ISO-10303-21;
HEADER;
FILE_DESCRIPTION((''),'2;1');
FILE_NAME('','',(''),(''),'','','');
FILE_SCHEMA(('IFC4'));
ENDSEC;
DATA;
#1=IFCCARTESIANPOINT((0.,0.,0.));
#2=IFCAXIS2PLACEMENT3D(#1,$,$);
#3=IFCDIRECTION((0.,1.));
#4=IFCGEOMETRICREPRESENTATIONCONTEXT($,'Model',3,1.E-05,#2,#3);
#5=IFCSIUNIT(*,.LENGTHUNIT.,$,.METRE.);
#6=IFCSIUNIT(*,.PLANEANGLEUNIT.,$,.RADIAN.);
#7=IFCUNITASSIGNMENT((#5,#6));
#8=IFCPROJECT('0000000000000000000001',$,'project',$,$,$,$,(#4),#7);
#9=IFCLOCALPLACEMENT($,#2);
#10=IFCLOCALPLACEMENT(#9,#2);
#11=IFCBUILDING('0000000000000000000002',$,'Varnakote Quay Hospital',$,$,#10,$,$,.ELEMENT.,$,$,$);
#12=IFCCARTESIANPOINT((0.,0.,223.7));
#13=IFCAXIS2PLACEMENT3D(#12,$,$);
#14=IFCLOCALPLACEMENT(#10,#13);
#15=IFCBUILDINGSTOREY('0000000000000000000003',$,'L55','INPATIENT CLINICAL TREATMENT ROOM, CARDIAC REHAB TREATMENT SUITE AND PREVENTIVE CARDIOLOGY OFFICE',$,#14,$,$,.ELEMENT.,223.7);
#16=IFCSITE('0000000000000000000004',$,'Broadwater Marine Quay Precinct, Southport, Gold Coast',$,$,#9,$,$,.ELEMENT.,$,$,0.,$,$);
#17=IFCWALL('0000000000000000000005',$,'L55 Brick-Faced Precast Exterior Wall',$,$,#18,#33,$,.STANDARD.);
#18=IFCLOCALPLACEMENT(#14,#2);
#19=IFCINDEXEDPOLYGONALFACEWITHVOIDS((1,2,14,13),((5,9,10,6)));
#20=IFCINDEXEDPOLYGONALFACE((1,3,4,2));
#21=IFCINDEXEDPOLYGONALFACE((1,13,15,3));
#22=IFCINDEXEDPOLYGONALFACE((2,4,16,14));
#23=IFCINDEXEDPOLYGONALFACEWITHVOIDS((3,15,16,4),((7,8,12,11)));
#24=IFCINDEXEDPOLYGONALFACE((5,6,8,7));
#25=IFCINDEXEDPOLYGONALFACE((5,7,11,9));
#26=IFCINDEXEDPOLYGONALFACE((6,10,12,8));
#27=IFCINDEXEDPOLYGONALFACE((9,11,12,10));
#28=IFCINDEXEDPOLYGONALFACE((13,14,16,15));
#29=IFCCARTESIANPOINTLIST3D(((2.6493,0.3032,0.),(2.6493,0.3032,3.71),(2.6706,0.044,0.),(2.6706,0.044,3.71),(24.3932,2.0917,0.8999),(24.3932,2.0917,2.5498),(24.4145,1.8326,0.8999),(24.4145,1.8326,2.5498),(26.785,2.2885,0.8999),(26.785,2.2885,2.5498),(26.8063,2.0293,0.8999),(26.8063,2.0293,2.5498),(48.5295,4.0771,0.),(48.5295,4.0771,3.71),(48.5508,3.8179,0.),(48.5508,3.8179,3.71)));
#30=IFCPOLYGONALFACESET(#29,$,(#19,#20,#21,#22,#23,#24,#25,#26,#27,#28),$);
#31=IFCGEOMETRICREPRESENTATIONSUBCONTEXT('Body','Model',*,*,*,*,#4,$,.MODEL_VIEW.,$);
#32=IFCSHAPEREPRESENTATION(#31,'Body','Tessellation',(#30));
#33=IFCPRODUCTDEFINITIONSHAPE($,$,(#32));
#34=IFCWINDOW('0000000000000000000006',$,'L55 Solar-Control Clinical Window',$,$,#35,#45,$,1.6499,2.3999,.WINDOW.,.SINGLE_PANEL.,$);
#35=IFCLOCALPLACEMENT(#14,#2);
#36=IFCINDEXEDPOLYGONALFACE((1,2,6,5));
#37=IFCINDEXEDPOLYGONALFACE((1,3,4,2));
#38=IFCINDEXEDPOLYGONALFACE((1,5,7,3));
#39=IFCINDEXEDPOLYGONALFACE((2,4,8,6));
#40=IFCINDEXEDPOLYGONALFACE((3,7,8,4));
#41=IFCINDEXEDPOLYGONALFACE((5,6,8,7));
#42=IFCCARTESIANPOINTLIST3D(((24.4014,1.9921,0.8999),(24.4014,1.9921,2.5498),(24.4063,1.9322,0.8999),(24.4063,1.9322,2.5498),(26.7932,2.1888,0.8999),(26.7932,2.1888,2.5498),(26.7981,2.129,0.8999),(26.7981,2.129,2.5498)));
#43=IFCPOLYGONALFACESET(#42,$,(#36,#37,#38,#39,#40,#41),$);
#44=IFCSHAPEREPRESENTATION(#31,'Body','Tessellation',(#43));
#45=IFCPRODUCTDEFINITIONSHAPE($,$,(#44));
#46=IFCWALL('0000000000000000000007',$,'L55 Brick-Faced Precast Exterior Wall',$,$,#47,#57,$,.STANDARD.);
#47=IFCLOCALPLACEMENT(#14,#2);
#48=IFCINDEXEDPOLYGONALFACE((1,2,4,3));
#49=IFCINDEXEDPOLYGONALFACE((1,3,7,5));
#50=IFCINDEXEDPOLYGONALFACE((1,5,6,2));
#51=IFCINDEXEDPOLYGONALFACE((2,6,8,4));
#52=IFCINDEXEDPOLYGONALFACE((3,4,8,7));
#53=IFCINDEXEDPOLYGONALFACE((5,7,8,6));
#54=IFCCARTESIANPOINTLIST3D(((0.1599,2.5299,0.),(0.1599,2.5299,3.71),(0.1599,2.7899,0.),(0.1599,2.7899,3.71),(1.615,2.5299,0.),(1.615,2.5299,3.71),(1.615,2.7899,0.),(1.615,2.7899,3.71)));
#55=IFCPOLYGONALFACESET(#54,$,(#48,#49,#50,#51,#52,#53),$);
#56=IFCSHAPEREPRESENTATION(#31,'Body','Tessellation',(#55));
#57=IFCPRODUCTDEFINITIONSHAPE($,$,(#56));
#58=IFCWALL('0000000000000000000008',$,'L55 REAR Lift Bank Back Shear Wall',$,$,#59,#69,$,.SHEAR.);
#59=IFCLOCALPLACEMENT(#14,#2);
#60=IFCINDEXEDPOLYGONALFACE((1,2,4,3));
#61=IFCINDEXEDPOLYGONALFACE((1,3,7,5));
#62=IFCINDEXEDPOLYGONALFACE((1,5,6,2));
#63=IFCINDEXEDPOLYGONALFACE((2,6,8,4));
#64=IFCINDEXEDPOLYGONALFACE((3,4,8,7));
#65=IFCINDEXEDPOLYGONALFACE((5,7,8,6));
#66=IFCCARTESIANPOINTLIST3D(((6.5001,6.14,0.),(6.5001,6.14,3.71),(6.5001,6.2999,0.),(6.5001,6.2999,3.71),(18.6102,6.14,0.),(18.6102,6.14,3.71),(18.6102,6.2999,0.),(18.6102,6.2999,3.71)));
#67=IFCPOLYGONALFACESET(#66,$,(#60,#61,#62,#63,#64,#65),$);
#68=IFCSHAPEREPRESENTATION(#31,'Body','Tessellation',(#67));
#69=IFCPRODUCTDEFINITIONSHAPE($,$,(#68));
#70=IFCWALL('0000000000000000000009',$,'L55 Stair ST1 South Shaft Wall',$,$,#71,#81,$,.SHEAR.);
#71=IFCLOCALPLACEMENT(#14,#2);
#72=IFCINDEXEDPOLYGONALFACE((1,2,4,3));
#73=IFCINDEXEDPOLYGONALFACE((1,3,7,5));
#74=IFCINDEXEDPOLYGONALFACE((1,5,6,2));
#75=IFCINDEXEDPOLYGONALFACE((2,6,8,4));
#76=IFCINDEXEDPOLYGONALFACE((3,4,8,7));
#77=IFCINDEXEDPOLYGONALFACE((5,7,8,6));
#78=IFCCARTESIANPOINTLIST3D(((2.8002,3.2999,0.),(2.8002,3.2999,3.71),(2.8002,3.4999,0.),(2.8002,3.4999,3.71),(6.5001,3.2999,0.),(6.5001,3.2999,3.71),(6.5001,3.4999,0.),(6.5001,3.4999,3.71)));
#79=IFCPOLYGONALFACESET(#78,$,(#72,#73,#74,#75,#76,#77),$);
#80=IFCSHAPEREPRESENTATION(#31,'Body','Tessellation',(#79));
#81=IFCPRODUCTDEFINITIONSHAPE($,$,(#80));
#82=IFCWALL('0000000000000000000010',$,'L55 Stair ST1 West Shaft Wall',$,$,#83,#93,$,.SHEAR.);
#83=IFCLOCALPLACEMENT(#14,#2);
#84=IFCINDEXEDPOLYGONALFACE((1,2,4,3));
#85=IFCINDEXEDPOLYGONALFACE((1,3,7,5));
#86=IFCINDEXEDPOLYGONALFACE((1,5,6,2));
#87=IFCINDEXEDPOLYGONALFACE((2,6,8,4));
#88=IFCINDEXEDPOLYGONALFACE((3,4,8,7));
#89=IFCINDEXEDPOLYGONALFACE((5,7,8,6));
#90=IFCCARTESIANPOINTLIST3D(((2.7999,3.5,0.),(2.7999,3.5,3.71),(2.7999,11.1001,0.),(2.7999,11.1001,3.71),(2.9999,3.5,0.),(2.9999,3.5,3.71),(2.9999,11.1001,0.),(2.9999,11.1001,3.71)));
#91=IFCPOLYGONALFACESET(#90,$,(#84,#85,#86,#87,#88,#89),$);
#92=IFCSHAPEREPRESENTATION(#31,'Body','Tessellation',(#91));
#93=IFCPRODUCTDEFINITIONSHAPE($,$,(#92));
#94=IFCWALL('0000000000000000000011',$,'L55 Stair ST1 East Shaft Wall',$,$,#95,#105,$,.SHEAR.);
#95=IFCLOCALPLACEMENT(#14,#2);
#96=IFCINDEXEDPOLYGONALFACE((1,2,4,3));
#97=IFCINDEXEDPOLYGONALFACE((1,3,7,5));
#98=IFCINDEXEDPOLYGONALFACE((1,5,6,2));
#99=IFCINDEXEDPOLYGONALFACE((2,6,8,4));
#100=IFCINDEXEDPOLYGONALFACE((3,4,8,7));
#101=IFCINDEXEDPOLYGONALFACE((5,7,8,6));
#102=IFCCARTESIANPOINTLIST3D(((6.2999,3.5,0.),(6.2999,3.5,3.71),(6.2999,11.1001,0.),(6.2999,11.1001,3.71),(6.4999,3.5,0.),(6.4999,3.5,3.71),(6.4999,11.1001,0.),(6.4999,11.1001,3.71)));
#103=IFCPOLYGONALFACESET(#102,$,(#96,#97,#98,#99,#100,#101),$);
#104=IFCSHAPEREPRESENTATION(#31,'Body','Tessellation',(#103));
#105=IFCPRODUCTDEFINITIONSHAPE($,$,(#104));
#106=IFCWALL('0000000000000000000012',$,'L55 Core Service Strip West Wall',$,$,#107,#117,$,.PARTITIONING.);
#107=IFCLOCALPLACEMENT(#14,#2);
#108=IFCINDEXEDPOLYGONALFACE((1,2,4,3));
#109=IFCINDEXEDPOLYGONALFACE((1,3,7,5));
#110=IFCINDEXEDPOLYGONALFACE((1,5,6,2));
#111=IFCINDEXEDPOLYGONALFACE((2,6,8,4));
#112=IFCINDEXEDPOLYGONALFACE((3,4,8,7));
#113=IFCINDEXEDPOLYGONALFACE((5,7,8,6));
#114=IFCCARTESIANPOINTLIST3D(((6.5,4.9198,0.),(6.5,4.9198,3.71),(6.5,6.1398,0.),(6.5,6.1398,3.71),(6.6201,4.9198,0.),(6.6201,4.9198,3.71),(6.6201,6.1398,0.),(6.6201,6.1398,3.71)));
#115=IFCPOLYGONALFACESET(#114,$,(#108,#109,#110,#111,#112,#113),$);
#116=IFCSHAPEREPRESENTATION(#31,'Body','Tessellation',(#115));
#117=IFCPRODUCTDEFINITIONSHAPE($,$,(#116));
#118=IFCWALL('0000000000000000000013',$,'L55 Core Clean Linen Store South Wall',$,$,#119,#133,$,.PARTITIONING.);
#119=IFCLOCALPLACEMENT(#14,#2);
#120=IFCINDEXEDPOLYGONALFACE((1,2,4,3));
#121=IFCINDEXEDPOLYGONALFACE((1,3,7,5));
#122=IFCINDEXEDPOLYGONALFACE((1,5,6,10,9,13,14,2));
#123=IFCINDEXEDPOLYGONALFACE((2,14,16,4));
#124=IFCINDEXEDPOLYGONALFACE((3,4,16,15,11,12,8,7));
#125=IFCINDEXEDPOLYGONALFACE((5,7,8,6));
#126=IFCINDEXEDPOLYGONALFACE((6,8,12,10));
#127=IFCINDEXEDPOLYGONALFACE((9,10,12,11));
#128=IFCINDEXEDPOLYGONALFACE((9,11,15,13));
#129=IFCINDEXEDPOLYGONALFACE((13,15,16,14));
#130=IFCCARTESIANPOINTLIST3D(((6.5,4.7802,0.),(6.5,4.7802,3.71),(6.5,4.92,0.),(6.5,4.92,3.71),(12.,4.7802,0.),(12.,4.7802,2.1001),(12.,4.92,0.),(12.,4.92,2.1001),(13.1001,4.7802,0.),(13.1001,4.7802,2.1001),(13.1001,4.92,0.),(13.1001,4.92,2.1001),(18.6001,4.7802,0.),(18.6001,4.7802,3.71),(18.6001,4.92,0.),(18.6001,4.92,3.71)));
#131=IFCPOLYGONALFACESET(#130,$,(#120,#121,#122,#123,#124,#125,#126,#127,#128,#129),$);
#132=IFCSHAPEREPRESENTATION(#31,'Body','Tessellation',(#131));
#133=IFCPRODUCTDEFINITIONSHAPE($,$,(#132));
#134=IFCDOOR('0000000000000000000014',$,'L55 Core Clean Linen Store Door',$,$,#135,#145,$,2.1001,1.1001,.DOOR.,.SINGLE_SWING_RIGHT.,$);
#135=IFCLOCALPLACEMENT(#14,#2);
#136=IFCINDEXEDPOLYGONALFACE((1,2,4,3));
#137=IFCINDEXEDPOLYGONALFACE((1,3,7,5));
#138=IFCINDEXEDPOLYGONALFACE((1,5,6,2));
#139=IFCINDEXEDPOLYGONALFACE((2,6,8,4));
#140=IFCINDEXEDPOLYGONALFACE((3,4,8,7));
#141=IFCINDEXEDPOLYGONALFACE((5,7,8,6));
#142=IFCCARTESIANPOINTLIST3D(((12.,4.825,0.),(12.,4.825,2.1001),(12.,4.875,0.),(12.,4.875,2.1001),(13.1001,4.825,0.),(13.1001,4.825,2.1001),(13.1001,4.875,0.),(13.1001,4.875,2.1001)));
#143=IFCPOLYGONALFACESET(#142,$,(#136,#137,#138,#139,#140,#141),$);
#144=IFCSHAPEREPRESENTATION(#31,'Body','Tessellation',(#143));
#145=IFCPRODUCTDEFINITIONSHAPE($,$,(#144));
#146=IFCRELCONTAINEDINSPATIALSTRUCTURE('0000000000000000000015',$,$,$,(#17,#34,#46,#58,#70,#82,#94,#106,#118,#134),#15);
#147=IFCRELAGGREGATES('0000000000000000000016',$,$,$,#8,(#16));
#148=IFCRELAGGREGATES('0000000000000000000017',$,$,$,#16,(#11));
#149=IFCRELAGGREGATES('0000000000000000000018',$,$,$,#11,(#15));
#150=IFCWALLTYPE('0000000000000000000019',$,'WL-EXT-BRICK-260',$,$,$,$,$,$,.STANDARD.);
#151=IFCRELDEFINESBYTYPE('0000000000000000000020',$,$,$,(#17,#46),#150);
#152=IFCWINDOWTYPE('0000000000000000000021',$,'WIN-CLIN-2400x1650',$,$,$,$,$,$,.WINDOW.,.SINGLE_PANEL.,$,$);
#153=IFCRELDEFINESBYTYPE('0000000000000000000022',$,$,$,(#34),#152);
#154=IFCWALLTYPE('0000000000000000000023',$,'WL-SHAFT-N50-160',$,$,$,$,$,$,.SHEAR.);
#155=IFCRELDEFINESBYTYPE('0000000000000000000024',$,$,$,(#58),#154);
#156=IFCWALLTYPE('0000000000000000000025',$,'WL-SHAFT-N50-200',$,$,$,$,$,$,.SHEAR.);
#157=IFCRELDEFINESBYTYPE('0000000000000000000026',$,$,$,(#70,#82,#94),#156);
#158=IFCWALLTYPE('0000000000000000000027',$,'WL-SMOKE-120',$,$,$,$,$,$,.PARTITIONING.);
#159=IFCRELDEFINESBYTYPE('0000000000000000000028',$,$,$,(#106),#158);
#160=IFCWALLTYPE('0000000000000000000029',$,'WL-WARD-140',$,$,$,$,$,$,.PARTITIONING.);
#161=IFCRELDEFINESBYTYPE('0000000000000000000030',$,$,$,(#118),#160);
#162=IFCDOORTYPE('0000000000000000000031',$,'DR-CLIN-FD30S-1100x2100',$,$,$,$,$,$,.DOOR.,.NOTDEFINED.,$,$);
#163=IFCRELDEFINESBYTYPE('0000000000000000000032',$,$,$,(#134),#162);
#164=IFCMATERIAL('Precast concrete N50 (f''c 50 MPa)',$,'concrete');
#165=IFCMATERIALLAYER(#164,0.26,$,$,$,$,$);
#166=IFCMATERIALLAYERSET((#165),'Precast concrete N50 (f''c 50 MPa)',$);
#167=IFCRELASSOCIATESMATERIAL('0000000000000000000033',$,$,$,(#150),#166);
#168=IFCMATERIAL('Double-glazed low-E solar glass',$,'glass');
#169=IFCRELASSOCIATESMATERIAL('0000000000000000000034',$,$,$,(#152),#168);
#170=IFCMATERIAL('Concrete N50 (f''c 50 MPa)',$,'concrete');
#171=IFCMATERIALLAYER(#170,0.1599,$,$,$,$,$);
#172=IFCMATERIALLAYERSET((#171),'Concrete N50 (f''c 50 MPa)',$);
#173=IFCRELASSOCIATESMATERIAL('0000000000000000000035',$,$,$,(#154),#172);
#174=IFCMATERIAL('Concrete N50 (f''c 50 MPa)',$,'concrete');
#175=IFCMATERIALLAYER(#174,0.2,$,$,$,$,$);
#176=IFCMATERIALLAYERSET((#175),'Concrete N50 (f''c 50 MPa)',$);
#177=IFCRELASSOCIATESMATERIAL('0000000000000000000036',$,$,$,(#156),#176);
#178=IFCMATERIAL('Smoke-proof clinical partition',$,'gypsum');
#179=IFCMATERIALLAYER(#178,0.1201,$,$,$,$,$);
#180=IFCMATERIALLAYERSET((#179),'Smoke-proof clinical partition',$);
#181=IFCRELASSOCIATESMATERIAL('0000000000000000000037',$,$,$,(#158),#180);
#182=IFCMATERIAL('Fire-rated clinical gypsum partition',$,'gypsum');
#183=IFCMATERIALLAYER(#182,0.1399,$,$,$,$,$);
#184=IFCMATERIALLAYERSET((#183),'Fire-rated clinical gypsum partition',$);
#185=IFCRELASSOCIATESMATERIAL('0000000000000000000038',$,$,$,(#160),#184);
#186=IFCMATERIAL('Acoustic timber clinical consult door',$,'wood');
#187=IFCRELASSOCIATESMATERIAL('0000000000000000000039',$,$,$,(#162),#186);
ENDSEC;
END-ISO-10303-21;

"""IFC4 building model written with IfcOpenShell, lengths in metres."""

from ifc_helpers import new_model, si_unit, direction, frame, frame_2d, origin, place, context, subcontext, project, spatial, rectangle, extrude, material, layer, layer_set, type_object, element, fill, save


model = new_model("IFC4")

# Units and contexts
model_context = context("Model", 3, precision=1e-05, world=origin(), true_north=direction((0.0, 1.0)))
body_context = subcontext(model_context, "Body", "Model", "MODEL_VIEW")
ifc_project = project(units=[si_unit("LENGTHUNIT", "METRE"), si_unit("PLANEANGLEUNIT", "RADIAN")], contexts=[model_context])

# Site, building, storey
site_placement = place(None, origin())
site = spatial("IfcSite", under=ifc_project, at=site_placement, Name="Broadwater Marine Quay Precinct, Southport, Gold Coast", CompositionType="ELEMENT", RefElevation=0.0)
building_placement = place(site_placement, origin())
building = spatial("IfcBuilding", under=site, at=building_placement, Name="Varnakote Quay Hospital", CompositionType="ELEMENT")
storey_placement = place(building_placement, frame((0.0, 0.0, 223.7)))
storey = spatial("IfcBuildingStorey", under=building, at=storey_placement, Name="L55", Description="INPATIENT CLINICAL TREATMENT ROOM, CARDIAC REHAB TREATMENT SUITE AND PREVENTIVE CARDIOLOGY OFFICE", CompositionType="ELEMENT", Elevation=223.7)

# Shared definitions
ifc_material_1 = material(Name="Precast concrete N50 (f'c 50 MPa)", Category="concrete")
ifc_layer_1 = layer(ifc_material_1, 0.26)
ifc_layer_set_1 = layer_set([ifc_layer_1], Name="Precast concrete N50 (f'c 50 MPa)")
wall_type_1 = type_object("IfcWallType", Name="WL-EXT-BRICK-260", PredefinedType="STANDARD", material=ifc_layer_set_1)

# Wall, opening, window
wall_1_placement = place(storey_placement, frame((2.6599, 0.1736, 0.0), z_axis=(0.0, 0.0, 1.0), x_axis=(0.996634, 0.081979, 0.0)))
wall_1 = element("IfcWall", 1, at=wall_1_placement, inside=storey, type_object=wall_type_1, Name="L55 Brick-Faced Precast Exterior Wall", PredefinedType="STANDARD", context=body_context, shape_type="SweptSolid", body=[
    extrude(rectangle(XDim=46.0352, YDim=0.26, at=frame_2d((23.0176, 0.0))), origin(), (0.0, 0.0, 1.0), 3.71),
])
opening_1_placement = place(wall_1_placement, frame((21.8174, 0.0, 0.8999)))
opening_1 = element("IfcOpeningElement", 2, at=opening_1_placement, cuts=wall_1, PredefinedType="OPENING", context=body_context, shape_type="SweptSolid", body=[
    extrude(rectangle(XDim=2.3999, YDim=1.6499, at=frame_2d((1.2, 0.825))), frame((0.0, 0.1399, 0.0), z_axis=(0.0, -1.0, 0.0), x_axis=(1.0, 0.0, 0.0)), (0.0, 0.0, 1.0), 0.28),
])
ifc_material_2 = material(Name="Double-glazed low-E solar glass", Category="glass")
window_type = type_object("IfcWindowType", Name="WIN-CLIN-2400x1650", PartitioningType="SINGLE_PANEL", PredefinedType="WINDOW", material=ifc_material_2)
window_placement = place(opening_1_placement, origin())
window = element("IfcWindow", 3, at=window_placement, inside=storey, type_object=window_type, Name="L55 Solar-Control Clinical Window", OverallHeight=1.6499, OverallWidth=2.3999, PartitioningType="SINGLE_PANEL", PredefinedType="WINDOW", context=body_context, shape_type="SweptSolid", body=[
    extrude(rectangle(XDim=2.3999, YDim=1.6499, at=frame_2d((1.2, 0.825))), frame((0.0, 0.03, 0.0), z_axis=(0.0, -1.0, 0.0), x_axis=(1.0, 0.0, 0.0)), (0.0, 0.0, 1.0), 0.0601),
])
fill(opening_1, window)

# Walls
wall_2_placement = place(storey_placement, frame((0.1599, 2.6599, 0.0), z_axis=(0.0, 0.0, 1.0), x_axis=(1.0, 0.0, 0.0)))
element("IfcWall", 4, at=wall_2_placement, inside=storey, type_object=wall_type_1, Name="L55 Brick-Faced Precast Exterior Wall", PredefinedType="STANDARD", context=body_context, shape_type="SweptSolid", body=[
    extrude(rectangle(XDim=1.4551, YDim=0.26, at=frame_2d((0.7275, 0.0))), origin(), (0.0, 0.0, 1.0), 3.71),
])
ifc_material_3 = material(Name="Concrete N50 (f'c 50 MPa)", Category="concrete")
ifc_layer_2 = layer(ifc_material_3, 0.1599)
ifc_layer_set_2 = layer_set([ifc_layer_2], Name="Concrete N50 (f'c 50 MPa)")
wall_type_2 = type_object("IfcWallType", Name="WL-SHAFT-N50-160", PredefinedType="SHEAR", material=ifc_layer_set_2)
wall_3_placement = place(storey_placement, frame((6.5, 6.22, 0.0), z_axis=(0.0, 0.0, 1.0), x_axis=(1.0, 0.0, 0.0)))
element("IfcWall", 5, at=wall_3_placement, inside=storey, type_object=wall_type_2, Name="L55 REAR Lift Bank Back Shear Wall", PredefinedType="SHEAR", context=body_context, shape_type="SweptSolid", body=[
    extrude(rectangle(XDim=12.1101, YDim=0.1599, at=frame_2d((6.0552, 0.0))), origin(), (0.0, 0.0, 1.0), 3.71),
])
ifc_material_4 = material(Name="Concrete N50 (f'c 50 MPa)", Category="concrete")
ifc_layer_3 = layer(ifc_material_4, 0.2)
ifc_layer_set_3 = layer_set([ifc_layer_3], Name="Concrete N50 (f'c 50 MPa)")
wall_type_3 = type_object("IfcWallType", Name="WL-SHAFT-N50-200", PredefinedType="SHEAR", material=ifc_layer_set_3)
wall_4_placement = place(storey_placement, frame((2.8, 3.3999, 0.0), z_axis=(0.0, 0.0, 1.0), x_axis=(1.0, 0.0, 0.0)))
element("IfcWall", 6, at=wall_4_placement, inside=storey, type_object=wall_type_3, Name="L55 Stair ST1 South Shaft Wall", PredefinedType="SHEAR", context=body_context, shape_type="SweptSolid", body=[
    extrude(rectangle(XDim=3.7, YDim=0.2, at=frame_2d((1.8501, 0.0))), origin(), (0.0, 0.0, 1.0), 3.71),
])
for number, where, z_axis, x_axis, name in (
    (7, (2.8999, 3.5, 0.0), (0.0, 0.0, 1.0), (0.0, 1.0, 0.0), "L55 Stair ST1 West Shaft Wall"),
    (8, (6.3999, 3.5, 0.0), (0.0, 0.0, 1.0), (0.0, 1.0, 0.0), "L55 Stair ST1 East Shaft Wall"),
):
    element("IfcWall", number, at=place(storey_placement, frame(where, z_axis=z_axis, x_axis=x_axis)), inside=storey, type_object=wall_type_3, Name=name, PredefinedType="SHEAR", context=body_context, shape_type="SweptSolid", body=[
        extrude(rectangle(XDim=7.6001, YDim=0.2, at=frame_2d((3.8, 0.0))), origin(), (0.0, 0.0, 1.0), 3.71),
    ])
ifc_material_5 = material(Name="Smoke-proof clinical partition", Category="gypsum")
ifc_layer_4 = layer(ifc_material_5, 0.1201)
ifc_layer_set_4 = layer_set([ifc_layer_4], Name="Smoke-proof clinical partition")
wall_type_4 = type_object("IfcWallType", Name="WL-SMOKE-120", PredefinedType="PARTITIONING", material=ifc_layer_set_4)
wall_5_placement = place(storey_placement, frame((6.5601, 4.9199, 0.0), z_axis=(0.0, 0.0, 1.0), x_axis=(0.0, 1.0, 0.0)))
element("IfcWall", 9, at=wall_5_placement, inside=storey, type_object=wall_type_4, Name="L55 Core Service Strip West Wall", PredefinedType="PARTITIONING", context=body_context, shape_type="SweptSolid", body=[
    extrude(rectangle(XDim=1.22, YDim=0.1201, at=frame_2d((0.6099, 0.0))), origin(), (0.0, 0.0, 1.0), 3.71),
])

# Wall, opening, door
ifc_material_6 = material(Name="Fire-rated clinical gypsum partition", Category="gypsum")
ifc_layer_5 = layer(ifc_material_6, 0.1399)
ifc_layer_set_5 = layer_set([ifc_layer_5], Name="Fire-rated clinical gypsum partition")
wall_type_5 = type_object("IfcWallType", Name="WL-WARD-140", PredefinedType="PARTITIONING", material=ifc_layer_set_5)
wall_6_placement = place(storey_placement, frame((6.5, 4.8501, 0.0), z_axis=(0.0, 0.0, 1.0), x_axis=(1.0, 0.0, 0.0)))
wall_6 = element("IfcWall", 10, at=wall_6_placement, inside=storey, type_object=wall_type_5, Name="L55 Core Clean Linen Store South Wall", PredefinedType="PARTITIONING", context=body_context, shape_type="SweptSolid", body=[
    extrude(rectangle(XDim=12.1001, YDim=0.1399, at=frame_2d((6.05, 0.0))), origin(), (0.0, 0.0, 1.0), 3.71),
])
opening_2_placement = place(wall_6_placement, frame((5.5, 0.0, 0.0)))
opening_2 = element("IfcOpeningElement", 11, at=opening_2_placement, cuts=wall_6, PredefinedType="OPENING", context=body_context, shape_type="SweptSolid", body=[
    extrude(rectangle(XDim=1.1001, YDim=2.1001, at=frame_2d((0.55, 1.05))), frame((0.0, 0.0798, 0.0), z_axis=(0.0, -1.0, 0.0), x_axis=(1.0, 0.0, 0.0)), (0.0, 0.0, 1.0), 0.1599),
])
ifc_material_7 = material(Name="Acoustic timber clinical consult door", Category="wood")
door_type = type_object("IfcDoorType", Name="DR-CLIN-FD30S-1100x2100", OperationType="NOTDEFINED", PredefinedType="DOOR", material=ifc_material_7)
door_placement = place(opening_2_placement, origin())
door = element("IfcDoor", 12, at=door_placement, inside=storey, type_object=door_type, Name="L55 Core Clean Linen Store Door", OperationType="SINGLE_SWING_RIGHT", OverallHeight=2.1001, OverallWidth=1.1001, PredefinedType="DOOR", context=body_context, shape_type="SweptSolid", body=[
    extrude(rectangle(XDim=1.1001, YDim=2.1001, at=frame_2d((0.55, 1.05))), frame((0.0, 0.0249, 0.0), z_axis=(0.0, -1.0, 0.0), x_axis=(1.0, 0.0, 0.0)), (0.0, 0.0, 1.0), 0.05),
])
fill(opening_2, door)

save(model, "model.ifc")
